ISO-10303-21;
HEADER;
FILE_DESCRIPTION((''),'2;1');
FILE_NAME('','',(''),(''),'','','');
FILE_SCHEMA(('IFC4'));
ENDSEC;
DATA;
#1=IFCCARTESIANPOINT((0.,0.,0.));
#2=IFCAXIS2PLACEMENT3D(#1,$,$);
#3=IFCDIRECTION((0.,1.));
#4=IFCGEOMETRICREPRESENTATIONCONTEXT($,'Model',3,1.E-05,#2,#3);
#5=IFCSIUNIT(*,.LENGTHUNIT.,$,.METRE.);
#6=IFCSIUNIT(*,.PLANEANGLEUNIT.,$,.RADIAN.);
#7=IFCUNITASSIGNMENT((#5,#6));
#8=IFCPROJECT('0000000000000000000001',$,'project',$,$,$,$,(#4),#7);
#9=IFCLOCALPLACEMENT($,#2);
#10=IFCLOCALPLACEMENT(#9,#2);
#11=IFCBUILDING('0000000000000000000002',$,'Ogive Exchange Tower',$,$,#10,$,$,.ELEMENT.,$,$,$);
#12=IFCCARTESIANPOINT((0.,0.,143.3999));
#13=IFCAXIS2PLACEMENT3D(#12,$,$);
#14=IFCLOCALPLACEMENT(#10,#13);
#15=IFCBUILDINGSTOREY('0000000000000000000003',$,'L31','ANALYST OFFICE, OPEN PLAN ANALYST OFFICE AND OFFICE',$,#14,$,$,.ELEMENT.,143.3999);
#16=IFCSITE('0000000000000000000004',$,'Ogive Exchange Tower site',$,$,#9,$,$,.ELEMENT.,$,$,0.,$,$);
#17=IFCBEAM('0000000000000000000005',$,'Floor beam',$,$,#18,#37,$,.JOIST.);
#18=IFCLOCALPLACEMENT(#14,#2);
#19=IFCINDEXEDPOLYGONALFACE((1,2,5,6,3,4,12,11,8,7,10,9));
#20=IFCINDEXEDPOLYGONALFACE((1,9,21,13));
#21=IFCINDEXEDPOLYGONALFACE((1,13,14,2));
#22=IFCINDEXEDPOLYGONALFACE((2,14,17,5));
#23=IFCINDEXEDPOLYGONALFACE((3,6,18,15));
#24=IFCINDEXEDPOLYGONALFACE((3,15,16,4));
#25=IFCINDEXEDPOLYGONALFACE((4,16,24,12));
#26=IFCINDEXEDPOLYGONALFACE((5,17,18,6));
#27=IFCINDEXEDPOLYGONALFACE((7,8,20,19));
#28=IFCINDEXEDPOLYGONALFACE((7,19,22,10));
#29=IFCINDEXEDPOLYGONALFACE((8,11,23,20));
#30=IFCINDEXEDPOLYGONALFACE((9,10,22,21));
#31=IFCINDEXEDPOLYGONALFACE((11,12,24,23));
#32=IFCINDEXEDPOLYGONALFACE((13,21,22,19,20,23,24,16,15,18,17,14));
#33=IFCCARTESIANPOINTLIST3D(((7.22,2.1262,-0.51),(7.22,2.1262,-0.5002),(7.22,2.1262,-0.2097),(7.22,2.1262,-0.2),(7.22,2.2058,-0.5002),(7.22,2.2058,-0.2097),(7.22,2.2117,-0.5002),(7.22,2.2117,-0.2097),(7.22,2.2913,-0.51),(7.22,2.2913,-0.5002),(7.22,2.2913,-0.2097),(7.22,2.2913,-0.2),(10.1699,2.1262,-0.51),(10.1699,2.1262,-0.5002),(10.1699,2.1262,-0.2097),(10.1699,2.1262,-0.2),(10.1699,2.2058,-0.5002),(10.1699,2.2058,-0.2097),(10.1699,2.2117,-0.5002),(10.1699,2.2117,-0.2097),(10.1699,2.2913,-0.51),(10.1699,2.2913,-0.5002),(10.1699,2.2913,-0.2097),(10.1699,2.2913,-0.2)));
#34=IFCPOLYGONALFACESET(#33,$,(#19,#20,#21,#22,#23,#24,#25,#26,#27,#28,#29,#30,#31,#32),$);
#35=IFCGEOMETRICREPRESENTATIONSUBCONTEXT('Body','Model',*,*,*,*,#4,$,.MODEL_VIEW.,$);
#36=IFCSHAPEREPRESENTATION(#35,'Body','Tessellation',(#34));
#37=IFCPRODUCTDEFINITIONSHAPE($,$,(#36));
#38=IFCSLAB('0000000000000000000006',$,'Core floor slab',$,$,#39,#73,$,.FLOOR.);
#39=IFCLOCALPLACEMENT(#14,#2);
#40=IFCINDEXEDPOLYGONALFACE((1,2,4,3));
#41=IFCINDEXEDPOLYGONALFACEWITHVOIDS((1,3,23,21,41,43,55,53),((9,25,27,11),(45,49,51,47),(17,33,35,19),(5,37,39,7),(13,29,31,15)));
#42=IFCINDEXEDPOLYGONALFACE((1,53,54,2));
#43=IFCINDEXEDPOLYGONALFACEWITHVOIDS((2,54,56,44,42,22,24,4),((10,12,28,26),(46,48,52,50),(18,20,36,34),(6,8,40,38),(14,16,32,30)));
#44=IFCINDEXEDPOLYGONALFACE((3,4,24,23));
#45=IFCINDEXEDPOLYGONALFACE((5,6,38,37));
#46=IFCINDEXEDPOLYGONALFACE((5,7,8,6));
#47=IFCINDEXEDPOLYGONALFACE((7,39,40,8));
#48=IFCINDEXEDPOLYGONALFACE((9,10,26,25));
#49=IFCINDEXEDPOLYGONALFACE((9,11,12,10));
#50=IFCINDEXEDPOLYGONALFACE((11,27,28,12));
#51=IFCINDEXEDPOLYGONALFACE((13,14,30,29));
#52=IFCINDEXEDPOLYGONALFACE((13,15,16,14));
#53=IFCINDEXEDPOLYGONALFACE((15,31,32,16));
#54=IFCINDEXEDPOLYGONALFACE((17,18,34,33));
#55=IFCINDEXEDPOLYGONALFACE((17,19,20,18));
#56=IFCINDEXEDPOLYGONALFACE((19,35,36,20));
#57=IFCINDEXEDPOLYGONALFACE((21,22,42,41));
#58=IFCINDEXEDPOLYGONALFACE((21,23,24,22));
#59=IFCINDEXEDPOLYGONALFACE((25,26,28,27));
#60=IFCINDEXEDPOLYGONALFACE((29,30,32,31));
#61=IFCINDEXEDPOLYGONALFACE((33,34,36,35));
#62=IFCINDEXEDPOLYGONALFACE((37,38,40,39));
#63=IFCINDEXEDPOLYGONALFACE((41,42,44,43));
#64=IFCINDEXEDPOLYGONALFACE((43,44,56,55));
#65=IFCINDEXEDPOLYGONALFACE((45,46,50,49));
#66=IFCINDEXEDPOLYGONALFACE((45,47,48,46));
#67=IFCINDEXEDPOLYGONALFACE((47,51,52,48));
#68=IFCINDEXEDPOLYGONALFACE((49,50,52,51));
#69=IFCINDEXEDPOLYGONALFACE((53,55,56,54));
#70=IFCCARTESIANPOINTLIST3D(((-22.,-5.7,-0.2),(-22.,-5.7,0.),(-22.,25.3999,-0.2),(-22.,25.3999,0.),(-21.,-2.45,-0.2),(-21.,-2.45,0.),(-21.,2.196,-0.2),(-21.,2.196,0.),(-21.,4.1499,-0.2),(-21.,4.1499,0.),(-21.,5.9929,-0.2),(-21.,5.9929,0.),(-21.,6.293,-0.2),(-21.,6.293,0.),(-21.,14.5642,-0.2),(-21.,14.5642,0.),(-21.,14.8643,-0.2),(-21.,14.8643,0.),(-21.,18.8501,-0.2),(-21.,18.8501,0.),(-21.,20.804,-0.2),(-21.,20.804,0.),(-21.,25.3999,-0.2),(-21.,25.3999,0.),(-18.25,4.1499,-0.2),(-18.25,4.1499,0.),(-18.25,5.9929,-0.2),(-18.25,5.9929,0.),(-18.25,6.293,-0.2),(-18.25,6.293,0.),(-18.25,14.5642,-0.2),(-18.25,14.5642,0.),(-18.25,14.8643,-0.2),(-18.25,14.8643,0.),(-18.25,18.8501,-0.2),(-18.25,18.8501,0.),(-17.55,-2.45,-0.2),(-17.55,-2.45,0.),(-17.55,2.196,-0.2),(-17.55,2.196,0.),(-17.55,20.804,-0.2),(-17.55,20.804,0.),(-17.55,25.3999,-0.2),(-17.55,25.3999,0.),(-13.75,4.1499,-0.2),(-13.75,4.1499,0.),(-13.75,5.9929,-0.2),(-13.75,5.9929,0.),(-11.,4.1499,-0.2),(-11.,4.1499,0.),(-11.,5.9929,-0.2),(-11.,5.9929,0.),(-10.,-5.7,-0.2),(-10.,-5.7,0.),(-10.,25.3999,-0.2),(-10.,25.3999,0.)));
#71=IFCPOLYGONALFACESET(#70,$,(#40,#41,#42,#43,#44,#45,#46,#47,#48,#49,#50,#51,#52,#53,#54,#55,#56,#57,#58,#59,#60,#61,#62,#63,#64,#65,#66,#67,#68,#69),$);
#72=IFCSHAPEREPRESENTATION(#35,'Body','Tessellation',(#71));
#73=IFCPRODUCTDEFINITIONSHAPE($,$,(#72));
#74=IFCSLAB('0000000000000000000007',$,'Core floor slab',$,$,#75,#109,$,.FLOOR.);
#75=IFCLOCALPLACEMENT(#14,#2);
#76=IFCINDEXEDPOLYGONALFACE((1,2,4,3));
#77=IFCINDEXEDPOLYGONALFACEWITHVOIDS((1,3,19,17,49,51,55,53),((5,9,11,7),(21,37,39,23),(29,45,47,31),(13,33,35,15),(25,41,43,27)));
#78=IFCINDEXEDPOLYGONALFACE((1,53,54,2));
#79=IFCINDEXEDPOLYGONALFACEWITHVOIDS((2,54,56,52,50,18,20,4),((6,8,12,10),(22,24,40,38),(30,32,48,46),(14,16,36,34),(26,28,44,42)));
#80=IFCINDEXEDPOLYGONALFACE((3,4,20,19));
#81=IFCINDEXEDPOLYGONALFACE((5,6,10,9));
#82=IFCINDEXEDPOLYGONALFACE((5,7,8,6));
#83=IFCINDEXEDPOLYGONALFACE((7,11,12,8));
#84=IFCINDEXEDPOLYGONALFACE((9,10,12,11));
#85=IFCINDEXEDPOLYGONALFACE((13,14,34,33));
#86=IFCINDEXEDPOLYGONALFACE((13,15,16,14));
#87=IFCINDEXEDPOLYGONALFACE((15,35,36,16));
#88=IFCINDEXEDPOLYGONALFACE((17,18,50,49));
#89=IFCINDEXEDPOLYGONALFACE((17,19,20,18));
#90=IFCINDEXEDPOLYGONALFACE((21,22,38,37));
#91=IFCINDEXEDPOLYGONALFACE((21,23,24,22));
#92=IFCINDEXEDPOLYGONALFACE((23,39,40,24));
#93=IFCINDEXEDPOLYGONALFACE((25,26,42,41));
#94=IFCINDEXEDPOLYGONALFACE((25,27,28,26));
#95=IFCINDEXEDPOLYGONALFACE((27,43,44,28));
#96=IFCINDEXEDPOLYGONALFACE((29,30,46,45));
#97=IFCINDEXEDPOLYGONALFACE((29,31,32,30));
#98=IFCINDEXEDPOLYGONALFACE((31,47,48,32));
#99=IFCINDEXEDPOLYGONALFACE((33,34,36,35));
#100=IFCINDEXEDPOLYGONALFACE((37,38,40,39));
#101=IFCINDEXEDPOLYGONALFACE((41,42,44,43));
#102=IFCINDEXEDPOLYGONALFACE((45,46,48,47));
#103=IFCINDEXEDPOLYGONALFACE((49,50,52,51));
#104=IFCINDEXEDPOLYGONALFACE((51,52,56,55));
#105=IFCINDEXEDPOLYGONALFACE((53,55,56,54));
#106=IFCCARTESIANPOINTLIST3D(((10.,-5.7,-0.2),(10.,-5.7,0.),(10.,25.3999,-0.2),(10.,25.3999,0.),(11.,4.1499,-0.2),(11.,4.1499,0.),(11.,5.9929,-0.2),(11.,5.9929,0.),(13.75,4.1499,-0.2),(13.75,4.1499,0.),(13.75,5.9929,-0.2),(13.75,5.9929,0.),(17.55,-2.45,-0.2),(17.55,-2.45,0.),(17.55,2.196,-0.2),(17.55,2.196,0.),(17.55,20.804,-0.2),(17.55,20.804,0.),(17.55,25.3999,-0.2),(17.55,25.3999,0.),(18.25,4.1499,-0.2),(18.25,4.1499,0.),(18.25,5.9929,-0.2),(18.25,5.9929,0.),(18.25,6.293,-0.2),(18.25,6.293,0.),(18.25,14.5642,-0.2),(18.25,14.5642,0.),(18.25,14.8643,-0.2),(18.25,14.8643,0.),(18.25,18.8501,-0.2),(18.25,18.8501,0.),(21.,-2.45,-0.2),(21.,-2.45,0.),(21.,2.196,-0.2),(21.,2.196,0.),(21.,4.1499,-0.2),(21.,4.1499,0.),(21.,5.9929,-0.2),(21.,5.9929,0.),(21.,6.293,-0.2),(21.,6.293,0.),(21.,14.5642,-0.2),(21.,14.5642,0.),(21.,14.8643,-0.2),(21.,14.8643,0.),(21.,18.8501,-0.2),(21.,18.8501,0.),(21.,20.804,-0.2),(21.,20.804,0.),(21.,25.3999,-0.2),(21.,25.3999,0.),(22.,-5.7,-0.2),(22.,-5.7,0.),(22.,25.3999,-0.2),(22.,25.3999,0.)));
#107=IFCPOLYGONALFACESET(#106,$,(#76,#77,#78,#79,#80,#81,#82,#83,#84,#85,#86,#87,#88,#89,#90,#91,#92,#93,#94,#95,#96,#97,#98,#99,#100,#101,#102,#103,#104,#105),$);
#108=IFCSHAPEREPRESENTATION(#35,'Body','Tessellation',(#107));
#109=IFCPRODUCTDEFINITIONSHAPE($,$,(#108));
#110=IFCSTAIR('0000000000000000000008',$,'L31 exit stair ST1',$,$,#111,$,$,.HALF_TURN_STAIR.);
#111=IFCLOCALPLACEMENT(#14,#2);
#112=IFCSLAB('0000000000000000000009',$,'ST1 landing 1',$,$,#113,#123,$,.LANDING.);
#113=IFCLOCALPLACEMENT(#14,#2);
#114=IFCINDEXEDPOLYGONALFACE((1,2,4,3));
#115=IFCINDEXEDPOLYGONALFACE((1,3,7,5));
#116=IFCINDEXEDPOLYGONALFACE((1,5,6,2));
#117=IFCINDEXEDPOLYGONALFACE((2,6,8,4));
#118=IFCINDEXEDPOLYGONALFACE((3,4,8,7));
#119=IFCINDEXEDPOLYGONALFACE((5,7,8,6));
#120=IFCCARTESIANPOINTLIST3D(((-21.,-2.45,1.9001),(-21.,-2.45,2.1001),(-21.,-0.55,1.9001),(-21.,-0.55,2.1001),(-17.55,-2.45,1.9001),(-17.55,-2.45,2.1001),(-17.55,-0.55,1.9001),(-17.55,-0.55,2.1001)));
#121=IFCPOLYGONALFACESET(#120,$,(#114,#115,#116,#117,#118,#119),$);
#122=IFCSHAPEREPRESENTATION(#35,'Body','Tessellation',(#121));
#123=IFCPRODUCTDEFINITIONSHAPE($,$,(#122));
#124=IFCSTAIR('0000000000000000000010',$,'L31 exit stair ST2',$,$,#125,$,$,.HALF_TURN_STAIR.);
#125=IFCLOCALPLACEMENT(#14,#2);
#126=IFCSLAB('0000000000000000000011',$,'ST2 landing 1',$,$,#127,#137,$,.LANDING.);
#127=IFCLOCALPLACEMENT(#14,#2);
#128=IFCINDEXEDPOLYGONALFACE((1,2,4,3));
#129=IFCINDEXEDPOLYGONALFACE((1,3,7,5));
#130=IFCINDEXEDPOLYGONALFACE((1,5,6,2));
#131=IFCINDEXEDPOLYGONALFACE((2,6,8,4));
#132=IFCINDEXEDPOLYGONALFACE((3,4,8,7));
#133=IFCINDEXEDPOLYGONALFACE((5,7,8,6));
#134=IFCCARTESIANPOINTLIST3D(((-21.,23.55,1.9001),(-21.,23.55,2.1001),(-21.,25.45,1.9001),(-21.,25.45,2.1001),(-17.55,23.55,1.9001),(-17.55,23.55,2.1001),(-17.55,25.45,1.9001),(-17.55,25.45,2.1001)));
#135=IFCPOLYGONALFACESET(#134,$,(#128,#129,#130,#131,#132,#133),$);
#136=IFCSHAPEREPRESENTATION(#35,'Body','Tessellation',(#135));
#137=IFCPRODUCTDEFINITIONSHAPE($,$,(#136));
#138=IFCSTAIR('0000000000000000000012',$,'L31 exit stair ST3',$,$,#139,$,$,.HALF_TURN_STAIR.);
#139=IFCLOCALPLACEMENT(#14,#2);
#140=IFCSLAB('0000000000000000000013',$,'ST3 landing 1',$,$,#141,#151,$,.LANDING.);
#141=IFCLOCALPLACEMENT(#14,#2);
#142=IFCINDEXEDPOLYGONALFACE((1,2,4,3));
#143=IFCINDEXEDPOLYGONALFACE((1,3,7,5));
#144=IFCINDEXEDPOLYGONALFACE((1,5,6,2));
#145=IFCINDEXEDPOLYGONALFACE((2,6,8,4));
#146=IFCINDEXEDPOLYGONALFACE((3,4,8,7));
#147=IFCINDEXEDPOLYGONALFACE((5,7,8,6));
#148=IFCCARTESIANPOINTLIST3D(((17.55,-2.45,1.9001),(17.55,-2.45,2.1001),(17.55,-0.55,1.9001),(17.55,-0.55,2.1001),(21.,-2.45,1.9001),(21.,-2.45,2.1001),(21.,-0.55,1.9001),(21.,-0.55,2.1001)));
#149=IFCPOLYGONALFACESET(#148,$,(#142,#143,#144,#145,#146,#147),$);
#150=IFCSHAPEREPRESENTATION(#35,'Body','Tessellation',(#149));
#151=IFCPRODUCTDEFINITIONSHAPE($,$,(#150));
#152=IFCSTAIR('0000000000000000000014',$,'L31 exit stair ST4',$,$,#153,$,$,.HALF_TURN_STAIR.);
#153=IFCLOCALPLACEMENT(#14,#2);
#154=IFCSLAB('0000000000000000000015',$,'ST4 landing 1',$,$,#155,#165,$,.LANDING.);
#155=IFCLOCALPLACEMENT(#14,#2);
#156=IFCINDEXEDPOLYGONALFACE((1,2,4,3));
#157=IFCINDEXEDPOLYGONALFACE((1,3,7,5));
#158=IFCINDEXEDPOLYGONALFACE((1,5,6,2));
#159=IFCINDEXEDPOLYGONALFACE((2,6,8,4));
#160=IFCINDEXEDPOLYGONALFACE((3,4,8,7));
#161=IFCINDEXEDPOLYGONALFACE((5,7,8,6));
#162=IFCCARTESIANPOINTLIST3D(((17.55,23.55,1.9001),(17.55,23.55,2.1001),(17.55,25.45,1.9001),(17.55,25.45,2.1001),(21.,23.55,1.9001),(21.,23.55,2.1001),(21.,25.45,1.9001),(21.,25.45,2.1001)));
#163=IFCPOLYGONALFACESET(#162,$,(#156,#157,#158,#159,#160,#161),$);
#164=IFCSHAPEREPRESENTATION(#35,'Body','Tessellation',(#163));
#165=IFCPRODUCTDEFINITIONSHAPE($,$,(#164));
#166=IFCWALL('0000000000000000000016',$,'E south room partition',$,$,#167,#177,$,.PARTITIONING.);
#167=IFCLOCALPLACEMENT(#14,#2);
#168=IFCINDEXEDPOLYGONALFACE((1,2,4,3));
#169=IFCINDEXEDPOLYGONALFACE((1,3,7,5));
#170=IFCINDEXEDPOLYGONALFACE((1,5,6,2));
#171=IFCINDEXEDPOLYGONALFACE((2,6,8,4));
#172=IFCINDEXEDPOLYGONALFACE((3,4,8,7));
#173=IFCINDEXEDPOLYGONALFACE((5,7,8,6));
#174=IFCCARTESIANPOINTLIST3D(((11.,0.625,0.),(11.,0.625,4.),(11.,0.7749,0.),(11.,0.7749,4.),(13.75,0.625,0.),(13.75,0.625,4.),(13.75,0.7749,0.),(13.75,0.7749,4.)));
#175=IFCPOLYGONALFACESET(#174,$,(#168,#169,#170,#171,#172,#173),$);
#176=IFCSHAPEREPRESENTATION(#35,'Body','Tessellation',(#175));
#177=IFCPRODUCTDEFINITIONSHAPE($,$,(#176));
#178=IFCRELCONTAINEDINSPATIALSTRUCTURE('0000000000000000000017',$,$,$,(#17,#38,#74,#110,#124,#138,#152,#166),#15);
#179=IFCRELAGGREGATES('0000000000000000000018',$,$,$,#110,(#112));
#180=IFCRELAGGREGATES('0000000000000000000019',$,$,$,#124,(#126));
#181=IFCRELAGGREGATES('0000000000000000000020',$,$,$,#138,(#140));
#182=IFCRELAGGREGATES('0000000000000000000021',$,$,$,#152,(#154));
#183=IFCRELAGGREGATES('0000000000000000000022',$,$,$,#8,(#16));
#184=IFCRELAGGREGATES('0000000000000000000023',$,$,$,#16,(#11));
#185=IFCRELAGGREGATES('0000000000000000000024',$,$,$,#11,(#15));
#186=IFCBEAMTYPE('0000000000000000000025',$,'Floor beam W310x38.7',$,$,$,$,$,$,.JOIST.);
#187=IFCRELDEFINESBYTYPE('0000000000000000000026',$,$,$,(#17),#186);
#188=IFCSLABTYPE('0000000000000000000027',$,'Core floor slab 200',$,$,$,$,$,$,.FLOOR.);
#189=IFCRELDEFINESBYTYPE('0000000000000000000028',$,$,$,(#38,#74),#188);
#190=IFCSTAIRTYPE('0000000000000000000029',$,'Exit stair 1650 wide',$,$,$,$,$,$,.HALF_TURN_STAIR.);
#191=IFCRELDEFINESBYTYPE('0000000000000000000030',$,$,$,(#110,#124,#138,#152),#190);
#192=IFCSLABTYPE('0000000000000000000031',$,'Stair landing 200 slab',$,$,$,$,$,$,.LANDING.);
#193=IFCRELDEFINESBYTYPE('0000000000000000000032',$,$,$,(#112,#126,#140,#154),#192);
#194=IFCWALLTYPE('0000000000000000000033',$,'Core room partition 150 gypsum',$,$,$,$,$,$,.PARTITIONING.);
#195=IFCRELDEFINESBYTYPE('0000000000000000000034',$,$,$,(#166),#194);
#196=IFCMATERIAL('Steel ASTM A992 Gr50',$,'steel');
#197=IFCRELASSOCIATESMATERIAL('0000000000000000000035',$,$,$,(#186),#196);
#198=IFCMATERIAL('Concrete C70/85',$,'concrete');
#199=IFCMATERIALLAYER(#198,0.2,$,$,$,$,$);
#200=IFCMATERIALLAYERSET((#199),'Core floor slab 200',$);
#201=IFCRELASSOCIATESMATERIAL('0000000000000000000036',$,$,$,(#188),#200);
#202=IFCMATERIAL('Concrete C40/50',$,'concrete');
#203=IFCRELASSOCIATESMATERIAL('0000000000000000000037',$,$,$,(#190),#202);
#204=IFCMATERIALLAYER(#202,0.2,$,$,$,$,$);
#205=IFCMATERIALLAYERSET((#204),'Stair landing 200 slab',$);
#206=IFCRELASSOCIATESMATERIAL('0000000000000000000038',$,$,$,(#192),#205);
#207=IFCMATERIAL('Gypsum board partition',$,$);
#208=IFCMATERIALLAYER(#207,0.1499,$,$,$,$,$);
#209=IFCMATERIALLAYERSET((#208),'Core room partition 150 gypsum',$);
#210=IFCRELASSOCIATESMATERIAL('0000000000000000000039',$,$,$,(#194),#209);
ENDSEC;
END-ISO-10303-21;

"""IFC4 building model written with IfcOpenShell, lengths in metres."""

from ifc_helpers import new_model, si_unit, direction, frame, frame_2d, origin, origin_2d, place, context, subcontext, project, spatial, polyline, rectangle, i_section, outline, extrude, material, layer, layer_set, material_profile, profile_set, type_object, element, aggregate, save


model = new_model("IFC4")

# Units and contexts
model_context = context("Model", 3, precision=1e-05, world=origin(), true_north=direction((0.0, 1.0)))
body_context = subcontext(model_context, "Body", "Model", "MODEL_VIEW")
ifc_project = project(units=[si_unit("LENGTHUNIT", "METRE"), si_unit("PLANEANGLEUNIT", "RADIAN")], contexts=[model_context])

# Site, building, storey
site_placement = place(None, origin())
site = spatial("IfcSite", under=ifc_project, at=site_placement, Name="Ogive Exchange Tower site", CompositionType="ELEMENT", RefElevation=0.0)
building_placement = place(site_placement, origin())
building = spatial("IfcBuilding", under=site, at=building_placement, Name="Ogive Exchange Tower", CompositionType="ELEMENT")
storey_placement = place(building_placement, frame((0.0, 0.0, 143.3999)))
storey = spatial("IfcBuildingStorey", under=building, at=storey_placement, Name="L31", Description="ANALYST OFFICE, OPEN PLAN ANALYST OFFICE AND OFFICE", CompositionType="ELEMENT", Elevation=143.3999)

# Beam
ifc_material_1 = material(Name="Steel ASTM A992 Gr50", Category="steel")
ifc_material_profile = material_profile(ifc_material_1, i_section(OverallWidth=0.165, OverallDepth=0.3101, WebThickness=0.0059, FlangeThickness=0.0098, at=origin_2d()), Name="W310x38.7")
ifc_profile_set = profile_set([ifc_material_profile], Name="Steel ASTM A992 Gr50")
beam_type = type_object("IfcBeamType", Name="Floor beam W310x38.7", PredefinedType="JOIST", material=ifc_profile_set)
beam_placement = place(storey_placement, frame((7.22, 2.2087, -0.355), z_axis=(1.0, 0.0, 0.0), x_axis=(0.0, 1.0, 0.0)))
element("IfcBeam", 1, at=beam_placement, inside=storey, type_object=beam_type, Name="Floor beam", PredefinedType="JOIST", context=body_context, shape_type="SweptSolid", body=[
    extrude(i_section(OverallWidth=0.165, OverallDepth=0.3101, WebThickness=0.0059, FlangeThickness=0.0098, at=origin_2d()), origin(), (0.0, 0.0, 1.0), 2.95),
])

# Slabs
ifc_material_2 = material(Name="Concrete C70/85", Category="concrete")
ifc_layer_1 = layer(ifc_material_2, 0.2)
ifc_layer_set_1 = layer_set([ifc_layer_1], Name="Core floor slab 200")
slab_type_1 = type_object("IfcSlabType", Name="Core floor slab 200", PredefinedType="FLOOR", material=ifc_layer_set_1)
slab_1_placement = place(storey_placement, frame((0.0, 0.0, -0.2)))
element("IfcSlab", 2, at=slab_1_placement, inside=storey, type_object=slab_type_1, Name="Core floor slab", PredefinedType="FLOOR", context=body_context, shape_type="SweptSolid", body=[
    extrude(outline(polyline([(-10.0, 25.3999), (-10.0, -5.7), (-22.0, -5.7), (-22.0, 25.3999), (-21.0, 25.3999), (-21.0, 20.804), (-17.55, 20.804), (-17.55, 25.3999), (-10.0, 25.3999)]), holes=[polyline([(-17.55, 2.196), (-21.0, 2.196), (-21.0, -2.45), (-17.55, -2.45), (-17.55, 2.196)]), polyline([(-18.25, 5.9929), (-21.0, 5.9929), (-21.0, 4.1499), (-18.25, 4.1499), (-18.25, 5.9929)]), polyline([(-11.0, 5.9929), (-13.75, 5.9929), (-13.75, 4.1499), (-11.0, 4.1499), (-11.0, 5.9929)]), polyline([(-21.0, 14.5642), (-21.0, 6.293), (-18.25, 6.293), (-18.25, 14.5642), (-21.0, 14.5642)]), polyline([(-18.25, 18.8501), (-21.0, 18.8501), (-21.0, 14.8643), (-18.25, 14.8643), (-18.25, 18.8501)])]), origin(), (0.0, 0.0, 1.0), 0.2),
])
slab_2_placement = place(storey_placement, frame((0.0, 0.0, -0.2)))
element("IfcSlab", 3, at=slab_2_placement, inside=storey, type_object=slab_type_1, Name="Core floor slab", PredefinedType="FLOOR", context=body_context, shape_type="SweptSolid", body=[
    extrude(outline(polyline([(22.0, 25.3999), (22.0, -5.7), (10.0, -5.7), (10.0, 25.3999), (17.55, 25.3999), (17.55, 20.804), (21.0, 20.804), (21.0, 25.3999), (22.0, 25.3999)]), holes=[polyline([(21.0, 2.196), (17.55, 2.196), (17.55, -2.45), (21.0, -2.45), (21.0, 2.196)]), polyline([(13.75, 5.9929), (11.0, 5.9929), (11.0, 4.1499), (13.75, 4.1499), (13.75, 5.9929)]), polyline([(21.0, 5.9929), (18.25, 5.9929), (18.25, 4.1499), (21.0, 4.1499), (21.0, 5.9929)]), polyline([(18.25, 14.5642), (18.25, 6.293), (21.0, 6.293), (21.0, 14.5642), (18.25, 14.5642)]), polyline([(21.0, 18.8501), (18.25, 18.8501), (18.25, 14.8643), (21.0, 14.8643), (21.0, 18.8501)])]), origin(), (0.0, 0.0, 1.0), 0.2),
])

# Stairs, slabs
ifc_material_3 = material(Name="Concrete C40/50", Category="concrete")
stair_type = type_object("IfcStairType", Name="Exit stair 1650 wide", PredefinedType="HALF_TURN_STAIR", material=ifc_material_3)
stair_1_placement = place(storey_placement, origin())
stair_1 = element("IfcStair", 4, at=stair_1_placement, inside=storey, type_object=stair_type, Name="L31 exit stair ST1", PredefinedType="HALF_TURN_STAIR")
ifc_layer_2 = layer(ifc_material_3, 0.2)
ifc_layer_set_2 = layer_set([ifc_layer_2], Name="Stair landing 200 slab")
slab_type_2 = type_object("IfcSlabType", Name="Stair landing 200 slab", PredefinedType="LANDING", material=ifc_layer_set_2)
slab_3_placement = place(storey_placement, frame((0.0, 0.0, 1.9001)))
slab_3 = element("IfcSlab", 5, at=slab_3_placement, type_object=slab_type_2, Name="ST1 landing 1", PredefinedType="LANDING", context=body_context, shape_type="SweptSolid", body=[
    extrude(outline(polyline([(-21.0, -0.55), (-21.0, -2.45), (-17.55, -2.45), (-17.55, -0.55), (-21.0, -0.55)])), origin(), (0.0, 0.0, 1.0), 0.2),
])
aggregate(stair_1, [slab_3])
stair_2_placement = place(storey_placement, origin())
stair_2 = element("IfcStair", 6, at=stair_2_placement, inside=storey, type_object=stair_type, Name="L31 exit stair ST2", PredefinedType="HALF_TURN_STAIR")
slab_4_placement = place(storey_placement, frame((0.0, 0.0, 1.9001)))
slab_4 = element("IfcSlab", 7, at=slab_4_placement, type_object=slab_type_2, Name="ST2 landing 1", PredefinedType="LANDING", context=body_context, shape_type="SweptSolid", body=[
    extrude(outline(polyline([(-17.55, 23.55), (-17.55, 25.45), (-21.0, 25.45), (-21.0, 23.55), (-17.55, 23.55)])), origin(), (0.0, 0.0, 1.0), 0.2),
])
aggregate(stair_2, [slab_4])
stair_3_placement = place(storey_placement, origin())
stair_3 = element("IfcStair", 8, at=stair_3_placement, inside=storey, type_object=stair_type, Name="L31 exit stair ST3", PredefinedType="HALF_TURN_STAIR")
slab_5_placement = place(storey_placement, frame((0.0, 0.0, 1.9001)))
slab_5 = element("IfcSlab", 9, at=slab_5_placement, type_object=slab_type_2, Name="ST3 landing 1", PredefinedType="LANDING", context=body_context, shape_type="SweptSolid", body=[
    extrude(outline(polyline([(17.55, -0.55), (17.55, -2.45), (21.0, -2.45), (21.0, -0.55), (17.55, -0.55)])), origin(), (0.0, 0.0, 1.0), 0.2),
])
aggregate(stair_3, [slab_5])
stair_4_placement = place(storey_placement, origin())
stair_4 = element("IfcStair", 10, at=stair_4_placement, inside=storey, type_object=stair_type, Name="L31 exit stair ST4", PredefinedType="HALF_TURN_STAIR")
slab_6_placement = place(storey_placement, frame((0.0, 0.0, 1.9001)))
slab_6 = element("IfcSlab", 11, at=slab_6_placement, type_object=slab_type_2, Name="ST4 landing 1", PredefinedType="LANDING", context=body_context, shape_type="SweptSolid", body=[
    extrude(outline(polyline([(21.0, 23.55), (21.0, 25.45), (17.55, 25.45), (17.55, 23.55), (21.0, 23.55)])), origin(), (0.0, 0.0, 1.0), 0.2),
])
aggregate(stair_4, [slab_6])

# Wall
ifc_material_4 = material(Name="Gypsum board partition")
ifc_layer_3 = layer(ifc_material_4, 0.1499)
ifc_layer_set_3 = layer_set([ifc_layer_3], Name="Core room partition 150 gypsum")
wall_type_1 = type_object("IfcWallType", Name="Core room partition 150 gypsum", PredefinedType="PARTITIONING", material=ifc_layer_set_3)
wall_1_placement = place(storey_placement, frame((11.0, 0.7, 0.0), z_axis=(0.0, 0.0, 1.0), x_axis=(1.0, 0.0, 0.0)))
element("IfcWall", 12, at=wall_1_placement, inside=storey, type_object=wall_type_1, Name="E south room partition", PredefinedType="PARTITIONING", context=body_context, shape_type="SweptSolid", body=[
    extrude(rectangle(XDim=2.75, YDim=0.1499, at=frame_2d((1.375, 0.0))), origin(), (0.0, 0.0, 1.0), 4.0),
])

save(model, "model.ifc")
